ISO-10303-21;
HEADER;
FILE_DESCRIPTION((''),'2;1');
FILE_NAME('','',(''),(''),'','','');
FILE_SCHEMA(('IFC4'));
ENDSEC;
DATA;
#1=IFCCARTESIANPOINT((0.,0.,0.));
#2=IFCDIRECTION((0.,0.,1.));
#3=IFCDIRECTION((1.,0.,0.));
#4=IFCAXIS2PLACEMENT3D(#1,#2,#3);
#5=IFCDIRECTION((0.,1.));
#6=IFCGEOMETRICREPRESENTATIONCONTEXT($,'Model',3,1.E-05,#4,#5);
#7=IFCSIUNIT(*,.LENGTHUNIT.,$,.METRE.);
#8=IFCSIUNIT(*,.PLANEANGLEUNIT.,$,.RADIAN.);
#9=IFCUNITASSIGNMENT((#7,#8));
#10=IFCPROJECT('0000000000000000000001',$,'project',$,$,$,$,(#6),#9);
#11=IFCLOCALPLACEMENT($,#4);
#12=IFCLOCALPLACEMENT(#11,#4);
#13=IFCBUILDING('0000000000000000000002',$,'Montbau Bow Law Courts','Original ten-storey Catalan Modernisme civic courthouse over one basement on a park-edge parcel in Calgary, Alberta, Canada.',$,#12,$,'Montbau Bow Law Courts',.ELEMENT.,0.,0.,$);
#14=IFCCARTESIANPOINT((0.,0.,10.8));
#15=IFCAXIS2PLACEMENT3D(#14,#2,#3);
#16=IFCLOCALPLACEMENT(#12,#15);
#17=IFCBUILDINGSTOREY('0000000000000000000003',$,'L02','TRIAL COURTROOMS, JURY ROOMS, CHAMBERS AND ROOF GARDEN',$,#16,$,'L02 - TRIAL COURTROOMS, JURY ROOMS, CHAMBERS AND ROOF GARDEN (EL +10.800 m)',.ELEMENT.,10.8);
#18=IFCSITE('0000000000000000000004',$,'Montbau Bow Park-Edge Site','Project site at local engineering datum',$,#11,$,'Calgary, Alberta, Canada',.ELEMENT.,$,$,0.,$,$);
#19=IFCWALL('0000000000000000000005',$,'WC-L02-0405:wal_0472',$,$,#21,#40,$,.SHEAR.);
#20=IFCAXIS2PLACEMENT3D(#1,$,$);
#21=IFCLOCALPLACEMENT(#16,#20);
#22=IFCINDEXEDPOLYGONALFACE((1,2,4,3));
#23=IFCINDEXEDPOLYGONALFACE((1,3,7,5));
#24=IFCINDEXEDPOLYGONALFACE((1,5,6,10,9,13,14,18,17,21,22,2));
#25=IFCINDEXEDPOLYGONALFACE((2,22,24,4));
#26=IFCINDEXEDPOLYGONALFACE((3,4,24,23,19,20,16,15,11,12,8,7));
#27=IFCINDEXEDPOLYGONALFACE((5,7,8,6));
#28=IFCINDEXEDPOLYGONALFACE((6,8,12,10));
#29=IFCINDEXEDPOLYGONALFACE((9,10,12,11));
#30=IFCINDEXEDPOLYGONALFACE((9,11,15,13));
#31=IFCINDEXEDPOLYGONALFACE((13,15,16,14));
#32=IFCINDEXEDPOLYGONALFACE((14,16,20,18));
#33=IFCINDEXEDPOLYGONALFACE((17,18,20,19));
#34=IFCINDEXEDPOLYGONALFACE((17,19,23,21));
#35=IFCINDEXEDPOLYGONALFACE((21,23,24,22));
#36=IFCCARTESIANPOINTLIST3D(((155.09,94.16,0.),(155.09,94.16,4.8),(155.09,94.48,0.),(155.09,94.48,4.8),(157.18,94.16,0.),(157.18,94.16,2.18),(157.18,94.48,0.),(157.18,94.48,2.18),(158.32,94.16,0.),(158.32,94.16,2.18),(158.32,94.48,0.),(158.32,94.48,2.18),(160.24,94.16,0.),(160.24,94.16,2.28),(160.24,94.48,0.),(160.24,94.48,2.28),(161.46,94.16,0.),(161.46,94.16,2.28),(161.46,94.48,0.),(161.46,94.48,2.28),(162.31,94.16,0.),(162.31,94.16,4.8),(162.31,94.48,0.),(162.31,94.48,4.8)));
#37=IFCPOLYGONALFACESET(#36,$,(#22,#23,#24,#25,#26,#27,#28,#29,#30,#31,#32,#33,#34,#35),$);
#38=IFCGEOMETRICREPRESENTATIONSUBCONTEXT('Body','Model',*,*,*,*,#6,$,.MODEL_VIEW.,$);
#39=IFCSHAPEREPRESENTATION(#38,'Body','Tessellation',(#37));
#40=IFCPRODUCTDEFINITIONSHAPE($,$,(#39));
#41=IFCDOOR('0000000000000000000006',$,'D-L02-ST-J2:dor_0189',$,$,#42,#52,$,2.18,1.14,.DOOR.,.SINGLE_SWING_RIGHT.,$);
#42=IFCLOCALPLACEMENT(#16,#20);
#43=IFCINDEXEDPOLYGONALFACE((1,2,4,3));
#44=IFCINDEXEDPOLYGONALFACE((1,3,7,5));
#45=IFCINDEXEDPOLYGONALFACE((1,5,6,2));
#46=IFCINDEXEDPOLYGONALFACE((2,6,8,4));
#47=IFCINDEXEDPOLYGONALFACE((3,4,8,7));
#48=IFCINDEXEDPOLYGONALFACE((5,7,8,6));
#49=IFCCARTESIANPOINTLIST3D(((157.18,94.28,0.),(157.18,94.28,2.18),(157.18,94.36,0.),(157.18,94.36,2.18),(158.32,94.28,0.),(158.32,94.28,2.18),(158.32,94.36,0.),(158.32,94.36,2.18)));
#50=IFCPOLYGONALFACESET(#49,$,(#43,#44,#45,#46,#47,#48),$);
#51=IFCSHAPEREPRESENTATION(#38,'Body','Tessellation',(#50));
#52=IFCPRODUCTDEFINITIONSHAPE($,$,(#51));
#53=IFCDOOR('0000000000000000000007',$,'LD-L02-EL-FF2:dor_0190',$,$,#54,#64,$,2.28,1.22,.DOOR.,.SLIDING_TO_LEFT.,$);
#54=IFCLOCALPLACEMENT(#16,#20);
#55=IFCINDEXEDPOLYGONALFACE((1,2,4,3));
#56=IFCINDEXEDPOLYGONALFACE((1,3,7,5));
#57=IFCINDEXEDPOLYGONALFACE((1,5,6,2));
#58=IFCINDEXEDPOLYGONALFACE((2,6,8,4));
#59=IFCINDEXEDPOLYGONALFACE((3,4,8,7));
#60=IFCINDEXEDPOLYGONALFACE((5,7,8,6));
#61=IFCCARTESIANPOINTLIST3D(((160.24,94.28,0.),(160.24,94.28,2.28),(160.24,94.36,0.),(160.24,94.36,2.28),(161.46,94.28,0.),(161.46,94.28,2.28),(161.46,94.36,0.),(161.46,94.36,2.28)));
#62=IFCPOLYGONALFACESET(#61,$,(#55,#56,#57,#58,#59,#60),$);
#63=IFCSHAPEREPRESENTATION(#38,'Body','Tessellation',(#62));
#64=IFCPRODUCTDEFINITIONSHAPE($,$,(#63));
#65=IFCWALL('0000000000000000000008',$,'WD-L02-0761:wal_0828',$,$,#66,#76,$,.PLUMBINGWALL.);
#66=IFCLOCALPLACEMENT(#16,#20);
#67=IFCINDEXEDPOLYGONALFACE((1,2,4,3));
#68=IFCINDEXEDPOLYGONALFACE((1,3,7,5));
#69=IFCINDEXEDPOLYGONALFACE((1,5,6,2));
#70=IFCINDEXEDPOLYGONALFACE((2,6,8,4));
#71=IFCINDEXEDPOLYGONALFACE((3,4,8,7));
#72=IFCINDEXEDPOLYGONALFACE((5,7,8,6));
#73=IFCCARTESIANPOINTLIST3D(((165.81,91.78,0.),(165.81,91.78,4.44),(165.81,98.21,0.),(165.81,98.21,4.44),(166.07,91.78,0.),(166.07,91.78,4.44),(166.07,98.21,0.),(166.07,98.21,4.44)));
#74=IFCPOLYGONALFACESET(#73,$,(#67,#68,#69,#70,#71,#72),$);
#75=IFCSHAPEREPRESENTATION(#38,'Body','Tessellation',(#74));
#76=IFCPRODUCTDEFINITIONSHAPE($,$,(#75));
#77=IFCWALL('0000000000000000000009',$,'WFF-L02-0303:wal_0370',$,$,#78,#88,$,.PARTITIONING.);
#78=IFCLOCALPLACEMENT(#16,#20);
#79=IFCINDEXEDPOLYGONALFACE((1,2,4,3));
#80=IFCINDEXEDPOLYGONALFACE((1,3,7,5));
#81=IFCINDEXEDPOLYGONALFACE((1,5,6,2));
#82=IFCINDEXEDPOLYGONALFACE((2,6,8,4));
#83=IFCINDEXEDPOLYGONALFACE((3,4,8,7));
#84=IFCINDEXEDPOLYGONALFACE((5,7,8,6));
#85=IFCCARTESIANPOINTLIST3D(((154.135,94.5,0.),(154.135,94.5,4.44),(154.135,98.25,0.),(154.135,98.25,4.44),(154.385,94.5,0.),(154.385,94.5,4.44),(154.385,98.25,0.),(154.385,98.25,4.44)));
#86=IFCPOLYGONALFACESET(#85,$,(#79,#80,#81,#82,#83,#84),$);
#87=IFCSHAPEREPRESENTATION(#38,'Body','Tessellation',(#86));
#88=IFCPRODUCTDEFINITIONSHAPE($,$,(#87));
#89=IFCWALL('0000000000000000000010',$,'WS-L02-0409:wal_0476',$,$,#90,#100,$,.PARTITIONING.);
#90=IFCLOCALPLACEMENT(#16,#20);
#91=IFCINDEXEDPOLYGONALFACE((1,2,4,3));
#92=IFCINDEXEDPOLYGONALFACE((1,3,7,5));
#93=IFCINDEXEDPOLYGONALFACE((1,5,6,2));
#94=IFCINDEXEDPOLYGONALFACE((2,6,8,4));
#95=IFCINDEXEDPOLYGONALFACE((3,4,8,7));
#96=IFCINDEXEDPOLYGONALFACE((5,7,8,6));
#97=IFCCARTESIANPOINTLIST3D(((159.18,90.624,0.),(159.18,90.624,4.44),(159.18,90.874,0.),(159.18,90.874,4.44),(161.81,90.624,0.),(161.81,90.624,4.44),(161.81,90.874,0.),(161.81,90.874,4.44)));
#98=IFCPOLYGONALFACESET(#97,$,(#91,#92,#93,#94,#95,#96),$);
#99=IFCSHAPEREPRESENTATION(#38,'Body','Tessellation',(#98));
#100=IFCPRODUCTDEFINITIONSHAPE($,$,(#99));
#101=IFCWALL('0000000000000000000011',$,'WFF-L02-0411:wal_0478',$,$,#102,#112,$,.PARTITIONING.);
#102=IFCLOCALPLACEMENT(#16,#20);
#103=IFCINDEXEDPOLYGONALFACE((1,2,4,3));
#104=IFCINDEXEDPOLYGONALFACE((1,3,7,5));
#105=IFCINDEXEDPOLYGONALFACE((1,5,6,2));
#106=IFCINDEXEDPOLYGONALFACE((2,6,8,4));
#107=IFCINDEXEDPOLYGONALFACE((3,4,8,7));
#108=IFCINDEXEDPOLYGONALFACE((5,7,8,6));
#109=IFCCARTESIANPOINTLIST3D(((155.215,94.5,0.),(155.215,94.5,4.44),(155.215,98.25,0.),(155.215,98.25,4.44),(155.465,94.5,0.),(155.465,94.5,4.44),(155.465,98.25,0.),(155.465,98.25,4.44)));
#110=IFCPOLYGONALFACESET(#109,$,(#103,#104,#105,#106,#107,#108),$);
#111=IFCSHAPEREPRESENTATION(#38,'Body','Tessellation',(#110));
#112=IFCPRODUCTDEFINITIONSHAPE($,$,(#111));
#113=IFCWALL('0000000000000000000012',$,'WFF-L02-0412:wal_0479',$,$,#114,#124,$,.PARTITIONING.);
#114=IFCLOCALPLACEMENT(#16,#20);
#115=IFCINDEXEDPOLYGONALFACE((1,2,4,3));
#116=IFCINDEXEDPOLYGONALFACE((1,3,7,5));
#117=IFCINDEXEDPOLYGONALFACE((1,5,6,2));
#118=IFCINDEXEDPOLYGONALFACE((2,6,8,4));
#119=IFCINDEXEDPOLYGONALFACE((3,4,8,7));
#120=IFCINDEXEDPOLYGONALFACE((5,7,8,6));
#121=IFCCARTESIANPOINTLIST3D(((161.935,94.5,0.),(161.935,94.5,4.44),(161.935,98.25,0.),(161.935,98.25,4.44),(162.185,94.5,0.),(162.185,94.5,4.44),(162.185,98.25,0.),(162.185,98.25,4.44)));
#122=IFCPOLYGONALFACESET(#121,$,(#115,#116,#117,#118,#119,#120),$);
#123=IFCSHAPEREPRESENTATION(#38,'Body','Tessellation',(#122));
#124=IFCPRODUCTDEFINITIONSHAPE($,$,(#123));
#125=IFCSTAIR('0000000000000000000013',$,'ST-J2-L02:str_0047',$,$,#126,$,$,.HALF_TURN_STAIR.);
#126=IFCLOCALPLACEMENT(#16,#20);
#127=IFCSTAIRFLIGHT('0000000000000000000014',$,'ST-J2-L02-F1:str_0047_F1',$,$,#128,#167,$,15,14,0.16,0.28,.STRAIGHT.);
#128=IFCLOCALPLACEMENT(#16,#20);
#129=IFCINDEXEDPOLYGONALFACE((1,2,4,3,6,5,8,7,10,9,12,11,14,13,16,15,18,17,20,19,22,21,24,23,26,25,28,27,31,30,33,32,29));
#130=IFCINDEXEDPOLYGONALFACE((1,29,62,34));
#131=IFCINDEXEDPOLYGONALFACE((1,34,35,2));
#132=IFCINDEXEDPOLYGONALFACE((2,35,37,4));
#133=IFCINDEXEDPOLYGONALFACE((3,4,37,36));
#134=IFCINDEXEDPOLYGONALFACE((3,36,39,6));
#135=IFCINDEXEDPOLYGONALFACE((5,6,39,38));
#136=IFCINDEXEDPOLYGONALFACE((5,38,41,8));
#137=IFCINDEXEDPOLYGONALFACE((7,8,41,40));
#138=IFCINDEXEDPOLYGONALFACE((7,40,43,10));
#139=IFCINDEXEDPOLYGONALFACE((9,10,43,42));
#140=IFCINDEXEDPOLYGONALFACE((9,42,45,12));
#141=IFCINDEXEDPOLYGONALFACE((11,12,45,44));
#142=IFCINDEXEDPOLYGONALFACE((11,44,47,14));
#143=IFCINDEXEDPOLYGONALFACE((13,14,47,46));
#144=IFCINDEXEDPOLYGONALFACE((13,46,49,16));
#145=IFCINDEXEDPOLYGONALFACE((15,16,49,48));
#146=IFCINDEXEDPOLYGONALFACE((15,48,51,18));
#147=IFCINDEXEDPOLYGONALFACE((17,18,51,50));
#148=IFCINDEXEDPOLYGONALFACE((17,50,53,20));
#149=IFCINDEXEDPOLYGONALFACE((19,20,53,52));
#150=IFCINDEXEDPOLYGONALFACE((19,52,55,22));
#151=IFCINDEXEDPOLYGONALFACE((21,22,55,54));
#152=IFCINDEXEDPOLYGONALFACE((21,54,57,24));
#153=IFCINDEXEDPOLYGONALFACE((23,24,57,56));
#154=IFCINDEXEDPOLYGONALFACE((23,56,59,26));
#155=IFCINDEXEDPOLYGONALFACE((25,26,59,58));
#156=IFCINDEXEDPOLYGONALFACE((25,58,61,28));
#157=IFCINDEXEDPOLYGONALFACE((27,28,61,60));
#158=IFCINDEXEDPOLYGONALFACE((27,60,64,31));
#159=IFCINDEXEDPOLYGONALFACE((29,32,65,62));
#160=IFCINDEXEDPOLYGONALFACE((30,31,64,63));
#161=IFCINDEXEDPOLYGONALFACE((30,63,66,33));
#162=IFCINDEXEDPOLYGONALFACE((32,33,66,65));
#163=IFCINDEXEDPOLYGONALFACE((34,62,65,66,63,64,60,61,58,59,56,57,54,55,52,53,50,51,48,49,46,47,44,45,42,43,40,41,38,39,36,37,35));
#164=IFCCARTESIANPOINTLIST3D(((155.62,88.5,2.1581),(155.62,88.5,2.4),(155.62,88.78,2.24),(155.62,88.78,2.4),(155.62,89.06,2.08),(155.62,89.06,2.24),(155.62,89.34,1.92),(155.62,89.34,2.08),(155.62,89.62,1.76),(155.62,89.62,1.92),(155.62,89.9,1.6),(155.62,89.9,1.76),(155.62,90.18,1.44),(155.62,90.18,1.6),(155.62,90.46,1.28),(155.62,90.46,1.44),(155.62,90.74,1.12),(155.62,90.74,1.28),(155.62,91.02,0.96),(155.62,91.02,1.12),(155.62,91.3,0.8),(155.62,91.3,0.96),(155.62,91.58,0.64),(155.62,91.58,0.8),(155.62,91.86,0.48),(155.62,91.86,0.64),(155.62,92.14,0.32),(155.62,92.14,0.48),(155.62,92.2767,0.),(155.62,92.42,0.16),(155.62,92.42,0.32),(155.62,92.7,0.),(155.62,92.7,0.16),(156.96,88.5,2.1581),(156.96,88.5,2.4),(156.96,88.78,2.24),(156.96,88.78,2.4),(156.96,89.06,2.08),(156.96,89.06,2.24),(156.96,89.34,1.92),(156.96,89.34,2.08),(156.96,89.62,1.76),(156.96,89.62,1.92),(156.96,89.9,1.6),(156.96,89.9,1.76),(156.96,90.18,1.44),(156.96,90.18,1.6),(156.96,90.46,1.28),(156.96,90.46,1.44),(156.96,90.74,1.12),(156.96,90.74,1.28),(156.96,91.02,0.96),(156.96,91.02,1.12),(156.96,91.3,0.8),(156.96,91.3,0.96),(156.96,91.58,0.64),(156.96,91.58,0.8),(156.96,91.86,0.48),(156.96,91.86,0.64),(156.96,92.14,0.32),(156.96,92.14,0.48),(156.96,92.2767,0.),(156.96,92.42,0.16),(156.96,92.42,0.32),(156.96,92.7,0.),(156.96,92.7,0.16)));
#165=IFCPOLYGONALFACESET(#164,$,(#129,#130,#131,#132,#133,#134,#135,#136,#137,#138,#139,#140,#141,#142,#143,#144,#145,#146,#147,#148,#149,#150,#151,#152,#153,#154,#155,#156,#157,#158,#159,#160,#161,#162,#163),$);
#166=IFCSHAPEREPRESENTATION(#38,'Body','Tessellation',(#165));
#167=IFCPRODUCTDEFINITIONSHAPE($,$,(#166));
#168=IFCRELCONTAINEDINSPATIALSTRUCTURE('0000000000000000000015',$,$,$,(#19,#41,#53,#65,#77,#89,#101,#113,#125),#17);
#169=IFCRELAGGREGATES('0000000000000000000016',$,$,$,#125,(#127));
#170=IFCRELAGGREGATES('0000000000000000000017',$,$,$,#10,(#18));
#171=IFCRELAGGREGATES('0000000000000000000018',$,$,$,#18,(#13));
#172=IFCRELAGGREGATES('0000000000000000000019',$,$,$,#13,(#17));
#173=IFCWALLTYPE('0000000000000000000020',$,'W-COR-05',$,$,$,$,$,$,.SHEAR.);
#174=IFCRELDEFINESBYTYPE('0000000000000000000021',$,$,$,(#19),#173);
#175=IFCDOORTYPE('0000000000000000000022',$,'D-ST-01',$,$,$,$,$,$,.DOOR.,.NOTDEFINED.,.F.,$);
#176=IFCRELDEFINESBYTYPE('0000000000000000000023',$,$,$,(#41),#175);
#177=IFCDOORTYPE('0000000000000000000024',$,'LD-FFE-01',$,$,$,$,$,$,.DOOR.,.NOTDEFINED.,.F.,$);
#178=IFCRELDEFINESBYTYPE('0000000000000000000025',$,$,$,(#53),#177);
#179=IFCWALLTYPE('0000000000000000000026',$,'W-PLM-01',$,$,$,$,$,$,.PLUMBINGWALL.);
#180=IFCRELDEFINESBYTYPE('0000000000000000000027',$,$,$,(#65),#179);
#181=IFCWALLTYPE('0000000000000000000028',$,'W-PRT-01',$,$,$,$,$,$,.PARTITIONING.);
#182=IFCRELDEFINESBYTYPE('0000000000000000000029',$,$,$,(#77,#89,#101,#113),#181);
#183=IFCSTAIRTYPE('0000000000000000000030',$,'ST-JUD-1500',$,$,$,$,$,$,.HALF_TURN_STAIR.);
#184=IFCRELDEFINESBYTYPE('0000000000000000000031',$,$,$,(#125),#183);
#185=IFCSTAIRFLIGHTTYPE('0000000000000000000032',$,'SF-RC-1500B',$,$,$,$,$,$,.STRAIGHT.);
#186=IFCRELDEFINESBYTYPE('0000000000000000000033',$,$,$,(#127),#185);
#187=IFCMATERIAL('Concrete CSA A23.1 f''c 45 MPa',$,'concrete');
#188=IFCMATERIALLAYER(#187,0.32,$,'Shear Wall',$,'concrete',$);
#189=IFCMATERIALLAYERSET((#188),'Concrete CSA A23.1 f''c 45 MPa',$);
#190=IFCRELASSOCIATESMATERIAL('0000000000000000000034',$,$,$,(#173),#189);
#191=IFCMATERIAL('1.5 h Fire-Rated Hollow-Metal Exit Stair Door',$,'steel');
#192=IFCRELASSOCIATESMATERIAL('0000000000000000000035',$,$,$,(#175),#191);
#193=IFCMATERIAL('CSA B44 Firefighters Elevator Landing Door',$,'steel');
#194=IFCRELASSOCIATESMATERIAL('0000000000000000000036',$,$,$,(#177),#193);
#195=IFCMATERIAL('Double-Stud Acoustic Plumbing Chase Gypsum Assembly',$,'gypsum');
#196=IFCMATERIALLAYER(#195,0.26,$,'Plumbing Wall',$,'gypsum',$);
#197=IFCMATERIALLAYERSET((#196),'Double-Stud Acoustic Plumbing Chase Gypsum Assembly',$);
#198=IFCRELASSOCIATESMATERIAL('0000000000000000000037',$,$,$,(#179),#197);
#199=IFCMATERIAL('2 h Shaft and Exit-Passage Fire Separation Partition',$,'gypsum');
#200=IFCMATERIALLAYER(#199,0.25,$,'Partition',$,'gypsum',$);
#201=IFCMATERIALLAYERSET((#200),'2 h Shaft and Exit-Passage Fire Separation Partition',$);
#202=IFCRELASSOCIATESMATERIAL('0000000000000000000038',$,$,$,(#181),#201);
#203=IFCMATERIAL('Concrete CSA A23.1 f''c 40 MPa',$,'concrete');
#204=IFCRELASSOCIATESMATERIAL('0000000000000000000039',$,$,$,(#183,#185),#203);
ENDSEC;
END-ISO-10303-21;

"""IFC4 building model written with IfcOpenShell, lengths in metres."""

from ifc_helpers import new_model, si_unit, direction, frame, frame_2d, origin_with_axes, place, context, subcontext, project, spatial, polyline, rectangle, outline, extrude, material, layer, layer_set, type_object, element, fill, aggregate, save


model = new_model("IFC4")

# Units and contexts
model_context = context("Model", 3, precision=1e-05, world=origin_with_axes(), true_north=direction((0.0, 1.0)))
body_context = subcontext(model_context, "Body", "Model", "MODEL_VIEW")
ifc_project = project(units=[si_unit("LENGTHUNIT", "METRE"), si_unit("PLANEANGLEUNIT", "RADIAN")], contexts=[model_context])

# Site, building, storey
site_placement = place(None, origin_with_axes())
site = spatial("IfcSite", under=ifc_project, at=site_placement, Name="Montbau Bow Park-Edge Site", Description="Project site at local engineering datum", LongName="Calgary, Alberta, Canada", CompositionType="ELEMENT", RefElevation=0.0)
building_placement = place(site_placement, origin_with_axes())
building = spatial("IfcBuilding", under=site, at=building_placement, Name="Montbau Bow Law Courts", Description="Original ten-storey Catalan Modernisme civic courthouse over one basement on a park-edge parcel in Calgary, Alberta, Canada.", LongName="Montbau Bow Law Courts", CompositionType="ELEMENT", ElevationOfRefHeight=0.0, ElevationOfTerrain=0.0)
storey_placement = place(building_placement, frame((0.0, 0.0, 10.8), z_axis=(0.0, 0.0, 1.0), x_axis=(1.0, 0.0, 0.0)))
storey = spatial("IfcBuildingStorey", under=building, at=storey_placement, Name="L02", Description="TRIAL COURTROOMS, JURY ROOMS, CHAMBERS AND ROOF GARDEN", LongName="L02 - TRIAL COURTROOMS, JURY ROOMS, CHAMBERS AND ROOF GARDEN (EL +10.800 m)", CompositionType="ELEMENT", Elevation=10.8)

# Shared definitions
ifc_material_1 = material(Name="Concrete CSA A23.1 f'c 45 MPa", Category="concrete")

# Wall, openings, doors
ifc_layer_1 = layer(ifc_material_1, 0.32, Name="Shear Wall", Category="concrete")
ifc_layer_set_1 = layer_set([ifc_layer_1], Name="Concrete CSA A23.1 f'c 45 MPa")
wall_type_1 = type_object("IfcWallType", Name="W-COR-05", PredefinedType="SHEAR", material=ifc_layer_set_1)
ifc_material_2 = material(Name="1.5 h Fire-Rated Hollow-Metal Exit Stair Door", Category="steel")
door_type_1 = type_object("IfcDoorType", Name="D-ST-01", OperationType="NOTDEFINED", ParameterTakesPrecedence=False, PredefinedType="DOOR", material=ifc_material_2)
ifc_material_3 = material(Name="CSA B44 Firefighters Elevator Landing Door", Category="steel")
door_type_2 = type_object("IfcDoorType", Name="LD-FFE-01", OperationType="NOTDEFINED", ParameterTakesPrecedence=False, PredefinedType="DOOR", material=ifc_material_3)
wall_1_placement = place(None, frame((162.31, 94.32, 10.8), z_axis=(0.0, 0.0, 1.0), x_axis=(-1.0, 0.0, 0.0)))
wall_1 = element("IfcWall", 1, at=wall_1_placement, inside=storey, type_object=wall_type_1, Name="WC-L02-0405:wal_0472", PredefinedType="SHEAR", context=body_context, shape_type="SweptSolid", body=[
    extrude(rectangle(XDim=7.22, YDim=0.32, at=frame_2d((3.61, 0.0), x_axis=(1.0, 0.0))), origin_with_axes(), (0.0, 0.0, 1.0), 4.8),
])
opening_1_placement = place(None, frame((157.75, 94.32, 10.8), z_axis=(0.0, 0.0, 1.0), x_axis=(-1.0, 0.0, 0.0)))
opening_1 = element("IfcOpeningElement", 2, at=opening_1_placement, cuts=wall_1, PredefinedType="OPENING", context=body_context, shape_type="SweptSolid", body=[
    extrude(rectangle(XDim=1.14, YDim=2.18, at=frame_2d((0.0, 1.09), x_axis=(1.0, 0.0))), frame((0.0, 0.17, 0.0), z_axis=(0.0, -1.0, 0.0), x_axis=(1.0, 0.0, 0.0)), (0.0, 0.0, 1.0), 0.34),
])
opening_2_placement = place(None, frame((160.85, 94.32, 10.8), z_axis=(0.0, 0.0, 1.0), x_axis=(-1.0, 0.0, 0.0)))
opening_2 = element("IfcOpeningElement", 3, at=opening_2_placement, cuts=wall_1, PredefinedType="OPENING", context=body_context, shape_type="SweptSolid", body=[
    extrude(rectangle(XDim=1.22, YDim=2.28, at=frame_2d((0.0, 1.14), x_axis=(1.0, 0.0))), frame((0.0, 0.17, 0.0), z_axis=(0.0, -1.0, 0.0), x_axis=(1.0, 0.0, 0.0)), (0.0, 0.0, 1.0), 0.34),
])
door_1_placement = place(None, frame((157.75, 94.32, 10.8), z_axis=(0.0, 0.0, 1.0), x_axis=(1.0, 0.0, 0.0)))
door_1 = element("IfcDoor", 4, at=door_1_placement, inside=storey, type_object=door_type_1, Name="D-L02-ST-J2:dor_0189", OperationType="SINGLE_SWING_RIGHT", OverallHeight=2.18, OverallWidth=1.14, PredefinedType="DOOR", context=body_context, shape_type="SweptSolid", body=[
    extrude(rectangle(XDim=1.14, YDim=2.18, at=frame_2d((0.0, 1.09), x_axis=(1.0, 0.0))), frame((0.0, 0.04, 0.0), z_axis=(0.0, -1.0, 0.0), x_axis=(1.0, 0.0, 0.0)), (0.0, 0.0, 1.0), 0.08),
])
fill(opening_1, door_1)
door_2_placement = place(None, frame((160.85, 94.32, 10.8), z_axis=(0.0, 0.0, 1.0), x_axis=(1.0, 0.0, 0.0)))
door_2 = element("IfcDoor", 5, at=door_2_placement, inside=storey, type_object=door_type_2, Name="LD-L02-EL-FF2:dor_0190", OperationType="SLIDING_TO_LEFT", OverallHeight=2.28, OverallWidth=1.22, PredefinedType="DOOR", context=body_context, shape_type="SweptSolid", body=[
    extrude(rectangle(XDim=1.22, YDim=2.28, at=frame_2d((0.0, 1.14), x_axis=(1.0, 0.0))), frame((0.0, 0.04, 0.0), z_axis=(0.0, -1.0, 0.0), x_axis=(1.0, 0.0, 0.0)), (0.0, 0.0, 1.0), 0.08),
])
fill(opening_2, door_2)

# Walls
ifc_material_4 = material(Name="Double-Stud Acoustic Plumbing Chase Gypsum Assembly", Category="gypsum")
ifc_layer_2 = layer(ifc_material_4, 0.26, Name="Plumbing Wall", Category="gypsum")
ifc_layer_set_2 = layer_set([ifc_layer_2], Name="Double-Stud Acoustic Plumbing Chase Gypsum Assembly")
wall_type_2 = type_object("IfcWallType", Name="W-PLM-01", PredefinedType="PLUMBINGWALL", material=ifc_layer_set_2)
wall_2_placement = place(None, frame((165.94, 91.78, 10.8), z_axis=(0.0, 0.0, 1.0), x_axis=(0.0, 1.0, 0.0)))
element("IfcWall", 6, at=wall_2_placement, inside=storey, type_object=wall_type_2, Name="WD-L02-0761:wal_0828", PredefinedType="PLUMBINGWALL", context=body_context, shape_type="SweptSolid", body=[
    extrude(rectangle(XDim=6.43, YDim=0.26, at=frame_2d((3.215, 0.0), x_axis=(1.0, 0.0))), origin_with_axes(), (0.0, 0.0, 1.0), 4.44),
])
ifc_material_5 = material(Name="2 h Shaft and Exit-Passage Fire Separation Partition", Category="gypsum")
ifc_layer_3 = layer(ifc_material_5, 0.25, Name="Partition", Category="gypsum")
ifc_layer_set_3 = layer_set([ifc_layer_3], Name="2 h Shaft and Exit-Passage Fire Separation Partition")
wall_type_3 = type_object("IfcWallType", Name="W-PRT-01", PredefinedType="PARTITIONING", material=ifc_layer_set_3)
wall_3_placement = place(None, frame((154.26, 94.5, 10.8), z_axis=(0.0, 0.0, 1.0), x_axis=(0.0, 1.0, 0.0)))
element("IfcWall", 7, at=wall_3_placement, inside=storey, type_object=wall_type_3, Name="WFF-L02-0303:wal_0370", PredefinedType="PARTITIONING", context=body_context, shape_type="SweptSolid", body=[
    extrude(rectangle(XDim=3.75, YDim=0.25, at=frame_2d((1.875, 0.0), x_axis=(1.0, 0.0))), origin_with_axes(), (0.0, 0.0, 1.0), 4.44),
])
wall_4_placement = place(None, frame((159.18, 90.749, 10.8), z_axis=(0.0, 0.0, 1.0), x_axis=(1.0, 0.0, 0.0)))
element("IfcWall", 8, at=wall_4_placement, inside=storey, type_object=wall_type_3, Name="WS-L02-0409:wal_0476", PredefinedType="PARTITIONING", context=body_context, shape_type="SweptSolid", body=[
    extrude(rectangle(XDim=2.63, YDim=0.25, at=frame_2d((1.315, 0.0), x_axis=(1.0, 0.0))), origin_with_axes(), (0.0, 0.0, 1.0), 4.44),
])
for number, where, z_axis, x_axis, name in (
    (9, (155.34, 94.5, 10.8), (0.0, 0.0, 1.0), (0.0, 1.0, 0.0), "WFF-L02-0411:wal_0478"),
    (10, (162.06, 94.5, 10.8), (0.0, 0.0, 1.0), (0.0, 1.0, 0.0), "WFF-L02-0412:wal_0479"),
):
    element("IfcWall", number, at=place(None, frame(where, z_axis=z_axis, x_axis=x_axis)), inside=storey, type_object=wall_type_3, Name=name, PredefinedType="PARTITIONING", context=body_context, shape_type="SweptSolid", body=[
        extrude(rectangle(XDim=3.75, YDim=0.25, at=frame_2d((1.875, 0.0), x_axis=(1.0, 0.0))), origin_with_axes(), (0.0, 0.0, 1.0), 4.44),
    ])

# Stair, stair flight
ifc_material_6 = material(Name="Concrete CSA A23.1 f'c 40 MPa", Category="concrete")
stair_type = type_object("IfcStairType", Name="ST-JUD-1500", PredefinedType="HALF_TURN_STAIR", material=ifc_material_6)
stair_placement = place(None, frame((156.29, 92.7, 10.8), z_axis=(0.0, 0.0, 1.0), x_axis=(1.0, 0.0, 0.0)))
stair = element("IfcStair", 11, at=stair_placement, inside=storey, type_object=stair_type, Name="ST-J2-L02:str_0047", PredefinedType="HALF_TURN_STAIR")
stair_flight_type = type_object("IfcStairFlightType", Name="SF-RC-1500B", PredefinedType="STRAIGHT", material=ifc_material_6)
stair_flight_1_placement = place(None, frame((156.29, 92.7, 10.8), z_axis=(0.0, 0.0, 1.0), x_axis=(0.0, -1.0, 0.0)))
stair_flight_1 = element("IfcStairFlight", 12, at=stair_flight_1_placement, type_object=stair_flight_type, Name="ST-J2-L02-F1:str_0047_F1", NumberOfRisers=15, NumberOfTreads=14, PredefinedType="STRAIGHT", RiserHeight=0.16, TreadLength=0.28, context=body_context, shape_type="SweptSolid", body=[
    extrude(outline(polyline([(0.0, 0.0), (0.0, 0.16), (0.28, 0.16), (0.28, 0.32), (0.56, 0.32), (0.56, 0.48), (0.84, 0.48), (0.84, 0.64), (1.12, 0.64), (1.12, 0.8), (1.4, 0.8), (1.4, 0.96), (1.68, 0.96), (1.68, 1.12), (1.96, 1.12), (1.96, 1.28), (2.24, 1.28), (2.24, 1.44), (2.52, 1.44), (2.52, 1.6), (2.8, 1.6), (2.8, 1.76), (3.08, 1.76), (3.08, 1.92), (3.36, 1.92), (3.36, 2.08), (3.64, 2.08), (3.64, 2.24), (3.92, 2.24), (3.92, 2.4), (4.2, 2.4), (4.2, 2.1581), (0.4233, 0.0), (0.0, 0.0)])), frame((0.0, 0.67, 0.0), z_axis=(0.0, -1.0, 0.0), x_axis=(1.0, 0.0, 0.0)), (0.0, 0.0, 1.0), 1.34),
])
aggregate(stair, [stair_flight_1])

save(model, "model.ifc")
